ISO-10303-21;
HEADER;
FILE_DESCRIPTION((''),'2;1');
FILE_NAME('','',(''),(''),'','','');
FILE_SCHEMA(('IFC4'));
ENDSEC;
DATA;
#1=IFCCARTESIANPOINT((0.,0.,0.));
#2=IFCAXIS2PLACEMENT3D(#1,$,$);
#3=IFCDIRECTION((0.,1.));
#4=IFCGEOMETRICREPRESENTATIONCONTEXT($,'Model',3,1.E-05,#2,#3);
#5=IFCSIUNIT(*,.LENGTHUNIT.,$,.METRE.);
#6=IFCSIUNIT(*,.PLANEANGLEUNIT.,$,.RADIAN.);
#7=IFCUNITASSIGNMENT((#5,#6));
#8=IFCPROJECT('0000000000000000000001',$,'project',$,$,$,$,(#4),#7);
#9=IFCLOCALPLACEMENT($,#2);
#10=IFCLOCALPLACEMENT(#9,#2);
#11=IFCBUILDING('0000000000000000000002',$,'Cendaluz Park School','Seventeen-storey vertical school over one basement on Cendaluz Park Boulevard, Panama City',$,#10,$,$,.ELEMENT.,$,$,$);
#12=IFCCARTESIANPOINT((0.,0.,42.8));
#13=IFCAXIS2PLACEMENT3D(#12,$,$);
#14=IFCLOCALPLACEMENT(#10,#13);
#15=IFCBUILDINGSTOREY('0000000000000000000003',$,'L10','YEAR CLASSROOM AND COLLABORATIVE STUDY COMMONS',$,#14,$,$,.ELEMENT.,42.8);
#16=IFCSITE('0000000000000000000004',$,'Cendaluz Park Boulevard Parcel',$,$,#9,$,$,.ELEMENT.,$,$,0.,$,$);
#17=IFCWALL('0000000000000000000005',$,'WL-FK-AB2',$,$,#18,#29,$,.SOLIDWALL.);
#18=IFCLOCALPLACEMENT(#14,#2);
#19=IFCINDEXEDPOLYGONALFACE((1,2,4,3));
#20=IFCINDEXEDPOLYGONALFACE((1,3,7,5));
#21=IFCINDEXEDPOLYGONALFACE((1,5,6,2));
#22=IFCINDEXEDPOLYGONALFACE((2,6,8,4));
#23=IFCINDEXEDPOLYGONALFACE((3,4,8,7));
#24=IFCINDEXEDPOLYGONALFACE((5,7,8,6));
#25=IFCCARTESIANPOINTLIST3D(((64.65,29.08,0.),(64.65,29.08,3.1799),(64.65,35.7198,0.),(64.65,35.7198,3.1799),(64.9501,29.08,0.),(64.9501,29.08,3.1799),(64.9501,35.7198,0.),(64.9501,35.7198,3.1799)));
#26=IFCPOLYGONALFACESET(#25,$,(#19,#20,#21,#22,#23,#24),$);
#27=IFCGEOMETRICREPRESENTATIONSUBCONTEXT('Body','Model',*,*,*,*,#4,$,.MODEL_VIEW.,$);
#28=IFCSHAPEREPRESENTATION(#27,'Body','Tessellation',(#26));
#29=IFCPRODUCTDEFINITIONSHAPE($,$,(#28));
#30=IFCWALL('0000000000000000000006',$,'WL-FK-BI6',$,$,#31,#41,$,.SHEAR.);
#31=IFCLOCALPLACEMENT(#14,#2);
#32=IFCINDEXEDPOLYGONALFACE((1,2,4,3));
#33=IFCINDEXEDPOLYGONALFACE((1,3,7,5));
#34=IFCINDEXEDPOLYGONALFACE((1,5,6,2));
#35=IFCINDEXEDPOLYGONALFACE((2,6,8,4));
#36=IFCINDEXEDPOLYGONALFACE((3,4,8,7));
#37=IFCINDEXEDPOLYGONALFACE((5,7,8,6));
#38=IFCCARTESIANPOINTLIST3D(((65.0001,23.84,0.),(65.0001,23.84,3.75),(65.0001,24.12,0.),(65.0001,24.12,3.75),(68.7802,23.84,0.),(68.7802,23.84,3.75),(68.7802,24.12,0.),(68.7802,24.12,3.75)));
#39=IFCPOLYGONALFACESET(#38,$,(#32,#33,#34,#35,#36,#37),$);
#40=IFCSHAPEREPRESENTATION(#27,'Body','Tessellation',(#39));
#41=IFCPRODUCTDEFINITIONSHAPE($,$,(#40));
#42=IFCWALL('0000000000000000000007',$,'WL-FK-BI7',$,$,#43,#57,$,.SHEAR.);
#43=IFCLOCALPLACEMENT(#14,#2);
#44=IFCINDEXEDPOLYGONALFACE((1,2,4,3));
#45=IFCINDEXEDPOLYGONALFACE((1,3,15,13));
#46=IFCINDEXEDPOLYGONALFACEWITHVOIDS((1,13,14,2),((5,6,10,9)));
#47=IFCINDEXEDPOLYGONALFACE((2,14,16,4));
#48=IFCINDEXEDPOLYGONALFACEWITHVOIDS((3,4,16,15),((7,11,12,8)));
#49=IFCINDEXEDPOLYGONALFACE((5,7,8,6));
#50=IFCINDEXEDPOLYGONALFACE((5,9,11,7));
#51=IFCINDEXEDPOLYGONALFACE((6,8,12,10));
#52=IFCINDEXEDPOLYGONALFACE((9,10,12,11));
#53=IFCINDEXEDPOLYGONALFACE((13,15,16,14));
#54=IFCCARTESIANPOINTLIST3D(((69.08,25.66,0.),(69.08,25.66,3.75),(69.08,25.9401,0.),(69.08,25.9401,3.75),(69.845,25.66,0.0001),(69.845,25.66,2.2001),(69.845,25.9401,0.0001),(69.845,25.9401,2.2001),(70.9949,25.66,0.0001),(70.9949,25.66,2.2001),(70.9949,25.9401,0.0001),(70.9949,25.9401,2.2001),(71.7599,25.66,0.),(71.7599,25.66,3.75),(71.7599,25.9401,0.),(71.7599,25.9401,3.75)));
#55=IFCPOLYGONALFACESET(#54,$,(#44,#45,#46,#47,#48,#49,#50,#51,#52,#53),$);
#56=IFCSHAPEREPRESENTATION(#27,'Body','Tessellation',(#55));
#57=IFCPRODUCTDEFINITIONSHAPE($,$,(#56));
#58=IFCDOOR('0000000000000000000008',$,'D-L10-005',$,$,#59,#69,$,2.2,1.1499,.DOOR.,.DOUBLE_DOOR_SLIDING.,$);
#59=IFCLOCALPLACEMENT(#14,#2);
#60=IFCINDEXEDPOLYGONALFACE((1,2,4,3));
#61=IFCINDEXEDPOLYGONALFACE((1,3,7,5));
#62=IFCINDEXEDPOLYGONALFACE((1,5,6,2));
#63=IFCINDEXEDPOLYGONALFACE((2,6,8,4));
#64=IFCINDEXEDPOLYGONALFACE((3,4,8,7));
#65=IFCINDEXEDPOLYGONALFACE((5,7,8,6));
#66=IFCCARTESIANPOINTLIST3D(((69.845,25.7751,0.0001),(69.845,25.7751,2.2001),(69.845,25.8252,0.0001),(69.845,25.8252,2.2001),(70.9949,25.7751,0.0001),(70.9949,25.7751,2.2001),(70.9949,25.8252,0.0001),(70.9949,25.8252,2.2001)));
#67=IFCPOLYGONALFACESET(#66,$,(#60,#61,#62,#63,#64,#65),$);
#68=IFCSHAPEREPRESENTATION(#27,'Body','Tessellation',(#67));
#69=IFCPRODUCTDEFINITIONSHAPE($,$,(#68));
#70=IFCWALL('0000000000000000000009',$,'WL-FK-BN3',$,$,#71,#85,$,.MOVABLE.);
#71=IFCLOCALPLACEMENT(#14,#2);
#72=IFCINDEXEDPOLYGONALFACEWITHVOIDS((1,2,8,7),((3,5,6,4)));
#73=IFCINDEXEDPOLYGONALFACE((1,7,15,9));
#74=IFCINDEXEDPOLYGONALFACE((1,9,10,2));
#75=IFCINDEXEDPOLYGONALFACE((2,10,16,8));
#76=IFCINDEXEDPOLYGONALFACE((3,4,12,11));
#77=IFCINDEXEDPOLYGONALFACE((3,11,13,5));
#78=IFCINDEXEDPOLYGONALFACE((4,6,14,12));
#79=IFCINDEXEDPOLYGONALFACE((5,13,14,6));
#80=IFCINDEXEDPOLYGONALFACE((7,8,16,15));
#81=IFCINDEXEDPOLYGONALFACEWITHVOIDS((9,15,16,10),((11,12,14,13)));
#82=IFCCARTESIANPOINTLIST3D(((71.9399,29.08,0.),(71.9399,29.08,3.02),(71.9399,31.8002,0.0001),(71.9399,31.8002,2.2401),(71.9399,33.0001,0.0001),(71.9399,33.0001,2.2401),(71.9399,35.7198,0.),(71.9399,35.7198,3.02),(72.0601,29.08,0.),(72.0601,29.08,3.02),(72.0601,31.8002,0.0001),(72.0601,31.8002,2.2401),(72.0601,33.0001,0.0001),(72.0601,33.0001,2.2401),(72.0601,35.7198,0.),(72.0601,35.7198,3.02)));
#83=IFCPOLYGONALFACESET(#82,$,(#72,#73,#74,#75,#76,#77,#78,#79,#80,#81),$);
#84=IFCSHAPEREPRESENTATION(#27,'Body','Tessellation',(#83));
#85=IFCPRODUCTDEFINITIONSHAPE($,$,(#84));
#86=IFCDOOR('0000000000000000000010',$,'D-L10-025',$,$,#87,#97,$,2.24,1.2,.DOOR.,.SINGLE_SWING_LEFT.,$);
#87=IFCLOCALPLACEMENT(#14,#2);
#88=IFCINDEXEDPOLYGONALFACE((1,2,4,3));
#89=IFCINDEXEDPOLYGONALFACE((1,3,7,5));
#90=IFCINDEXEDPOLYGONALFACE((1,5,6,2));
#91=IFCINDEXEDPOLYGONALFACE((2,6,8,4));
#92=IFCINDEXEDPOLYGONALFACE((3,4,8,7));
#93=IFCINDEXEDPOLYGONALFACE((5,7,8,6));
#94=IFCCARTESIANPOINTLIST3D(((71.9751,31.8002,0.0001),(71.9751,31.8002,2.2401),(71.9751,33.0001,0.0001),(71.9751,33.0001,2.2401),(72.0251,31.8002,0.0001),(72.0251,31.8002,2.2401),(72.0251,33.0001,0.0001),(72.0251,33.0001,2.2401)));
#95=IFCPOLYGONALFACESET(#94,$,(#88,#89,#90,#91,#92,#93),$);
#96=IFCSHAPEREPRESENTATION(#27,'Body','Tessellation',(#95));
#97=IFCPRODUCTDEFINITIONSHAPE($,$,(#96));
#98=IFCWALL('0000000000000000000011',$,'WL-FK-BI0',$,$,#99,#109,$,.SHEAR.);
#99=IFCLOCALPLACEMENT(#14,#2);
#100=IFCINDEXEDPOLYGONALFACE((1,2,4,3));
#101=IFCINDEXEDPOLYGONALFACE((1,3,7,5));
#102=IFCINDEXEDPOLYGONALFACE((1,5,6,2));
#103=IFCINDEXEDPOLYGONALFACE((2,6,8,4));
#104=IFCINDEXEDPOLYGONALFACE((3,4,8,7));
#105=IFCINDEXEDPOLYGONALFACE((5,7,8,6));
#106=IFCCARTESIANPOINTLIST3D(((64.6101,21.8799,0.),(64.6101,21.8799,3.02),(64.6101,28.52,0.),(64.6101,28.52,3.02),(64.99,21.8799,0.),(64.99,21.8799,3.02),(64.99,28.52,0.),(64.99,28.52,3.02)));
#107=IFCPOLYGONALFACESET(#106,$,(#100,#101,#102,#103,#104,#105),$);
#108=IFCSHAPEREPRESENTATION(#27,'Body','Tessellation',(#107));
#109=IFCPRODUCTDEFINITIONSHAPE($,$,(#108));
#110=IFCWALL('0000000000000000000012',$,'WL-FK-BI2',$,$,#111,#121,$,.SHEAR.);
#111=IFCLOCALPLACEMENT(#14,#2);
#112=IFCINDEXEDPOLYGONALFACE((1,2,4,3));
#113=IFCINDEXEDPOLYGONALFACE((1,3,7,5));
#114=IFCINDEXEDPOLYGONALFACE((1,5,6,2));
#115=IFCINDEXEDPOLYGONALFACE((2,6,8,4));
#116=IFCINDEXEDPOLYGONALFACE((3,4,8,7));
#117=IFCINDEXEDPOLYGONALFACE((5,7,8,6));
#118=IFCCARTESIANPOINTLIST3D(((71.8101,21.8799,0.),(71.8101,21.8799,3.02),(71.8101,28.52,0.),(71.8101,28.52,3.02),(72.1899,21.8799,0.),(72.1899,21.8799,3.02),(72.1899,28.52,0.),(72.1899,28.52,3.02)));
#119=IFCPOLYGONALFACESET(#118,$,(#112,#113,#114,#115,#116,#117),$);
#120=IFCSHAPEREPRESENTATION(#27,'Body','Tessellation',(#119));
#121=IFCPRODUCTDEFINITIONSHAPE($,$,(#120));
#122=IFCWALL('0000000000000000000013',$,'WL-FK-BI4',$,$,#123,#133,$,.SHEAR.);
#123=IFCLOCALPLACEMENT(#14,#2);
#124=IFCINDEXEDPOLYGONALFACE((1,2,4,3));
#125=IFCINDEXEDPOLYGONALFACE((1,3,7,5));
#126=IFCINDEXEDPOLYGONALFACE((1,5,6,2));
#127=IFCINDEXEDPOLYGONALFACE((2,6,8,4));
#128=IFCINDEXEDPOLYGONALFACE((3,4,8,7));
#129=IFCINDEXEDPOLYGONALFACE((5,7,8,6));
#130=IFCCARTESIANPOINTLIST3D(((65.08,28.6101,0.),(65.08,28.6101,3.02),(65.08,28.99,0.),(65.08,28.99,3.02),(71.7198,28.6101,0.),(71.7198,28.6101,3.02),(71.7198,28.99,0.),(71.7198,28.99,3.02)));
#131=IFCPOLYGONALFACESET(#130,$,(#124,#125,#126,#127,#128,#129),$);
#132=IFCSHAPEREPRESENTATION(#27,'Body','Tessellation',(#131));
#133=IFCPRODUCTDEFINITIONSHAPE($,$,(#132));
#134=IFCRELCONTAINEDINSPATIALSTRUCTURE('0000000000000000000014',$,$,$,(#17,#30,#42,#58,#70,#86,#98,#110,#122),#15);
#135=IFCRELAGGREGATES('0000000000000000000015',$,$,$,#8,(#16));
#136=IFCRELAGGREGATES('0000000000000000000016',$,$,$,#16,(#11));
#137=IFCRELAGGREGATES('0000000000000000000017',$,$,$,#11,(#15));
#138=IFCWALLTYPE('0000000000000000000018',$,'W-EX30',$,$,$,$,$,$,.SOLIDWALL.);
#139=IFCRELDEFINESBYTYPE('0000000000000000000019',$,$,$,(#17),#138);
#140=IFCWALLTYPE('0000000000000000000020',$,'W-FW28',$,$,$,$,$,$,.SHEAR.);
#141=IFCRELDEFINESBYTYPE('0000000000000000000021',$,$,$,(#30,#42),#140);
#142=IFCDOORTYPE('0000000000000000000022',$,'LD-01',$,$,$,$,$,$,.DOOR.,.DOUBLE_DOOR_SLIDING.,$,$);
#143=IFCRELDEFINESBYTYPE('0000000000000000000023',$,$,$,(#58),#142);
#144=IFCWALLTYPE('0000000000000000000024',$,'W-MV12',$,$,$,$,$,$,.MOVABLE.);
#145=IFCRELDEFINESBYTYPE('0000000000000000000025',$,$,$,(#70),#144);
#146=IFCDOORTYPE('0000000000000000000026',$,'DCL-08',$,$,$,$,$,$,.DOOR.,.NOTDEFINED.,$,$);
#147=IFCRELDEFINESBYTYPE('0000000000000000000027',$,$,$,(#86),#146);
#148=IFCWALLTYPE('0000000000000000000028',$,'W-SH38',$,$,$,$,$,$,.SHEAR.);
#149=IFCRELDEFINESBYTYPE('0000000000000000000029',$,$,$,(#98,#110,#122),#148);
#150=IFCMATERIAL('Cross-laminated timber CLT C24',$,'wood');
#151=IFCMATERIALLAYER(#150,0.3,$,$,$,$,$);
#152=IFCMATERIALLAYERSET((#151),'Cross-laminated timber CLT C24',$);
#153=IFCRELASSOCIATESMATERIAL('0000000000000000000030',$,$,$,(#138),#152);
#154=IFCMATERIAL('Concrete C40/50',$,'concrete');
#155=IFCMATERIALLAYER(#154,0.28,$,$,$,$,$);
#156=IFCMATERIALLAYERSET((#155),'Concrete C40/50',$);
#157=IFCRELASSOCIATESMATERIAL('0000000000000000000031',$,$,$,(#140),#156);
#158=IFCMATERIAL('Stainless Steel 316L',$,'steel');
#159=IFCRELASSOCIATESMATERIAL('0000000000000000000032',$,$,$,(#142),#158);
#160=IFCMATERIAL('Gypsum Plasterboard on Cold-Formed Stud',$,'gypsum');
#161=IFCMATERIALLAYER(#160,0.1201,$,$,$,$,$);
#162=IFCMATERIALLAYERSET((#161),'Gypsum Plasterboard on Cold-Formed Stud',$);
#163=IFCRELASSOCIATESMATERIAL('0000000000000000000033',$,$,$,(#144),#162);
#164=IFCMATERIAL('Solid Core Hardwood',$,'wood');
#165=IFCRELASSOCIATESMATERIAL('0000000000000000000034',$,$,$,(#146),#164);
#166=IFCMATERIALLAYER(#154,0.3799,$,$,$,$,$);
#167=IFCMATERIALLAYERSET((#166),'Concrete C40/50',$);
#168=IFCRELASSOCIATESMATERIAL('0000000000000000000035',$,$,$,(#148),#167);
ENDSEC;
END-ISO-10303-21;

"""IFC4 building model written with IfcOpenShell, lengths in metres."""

from ifc_helpers import new_model, si_unit, direction, frame, frame_2d, origin, place, context, subcontext, project, spatial, rectangle, extrude, material, layer, layer_set, type_object, element, fill, save


model = new_model("IFC4")

# Units and contexts
model_context = context("Model", 3, precision=1e-05, world=origin(), true_north=direction((0.0, 1.0)))
body_context = subcontext(model_context, "Body", "Model", "MODEL_VIEW")
ifc_project = project(units=[si_unit("LENGTHUNIT", "METRE"), si_unit("PLANEANGLEUNIT", "RADIAN")], contexts=[model_context])

# Site, building, storey
site_placement = place(None, origin())
site = spatial("IfcSite", under=ifc_project, at=site_placement, Name="Cendaluz Park Boulevard Parcel", CompositionType="ELEMENT", RefElevation=0.0)
building_placement = place(site_placement, origin())
building = spatial("IfcBuilding", under=site, at=building_placement, Name="Cendaluz Park School", Description="Seventeen-storey vertical school over one basement on Cendaluz Park Boulevard, Panama City", CompositionType="ELEMENT")
storey_placement = place(building_placement, frame((0.0, 0.0, 42.8)))
storey = spatial("IfcBuildingStorey", under=building, at=storey_placement, Name="L10", Description="YEAR CLASSROOM AND COLLABORATIVE STUDY COMMONS", CompositionType="ELEMENT", Elevation=42.8)

# Walls
ifc_material_1 = material(Name="Cross-laminated timber CLT C24", Category="wood")
ifc_layer_1 = layer(ifc_material_1, 0.3)
ifc_layer_set_1 = layer_set([ifc_layer_1], Name="Cross-laminated timber CLT C24")
wall_type_1 = type_object("IfcWallType", Name="W-EX30", PredefinedType="SOLIDWALL", material=ifc_layer_set_1)
wall_1_placement = place(storey_placement, frame((64.8, 29.0801, 0.0), z_axis=(0.0, 0.0, 1.0), x_axis=(0.0, 1.0, 0.0)))
element("IfcWall", 1, at=wall_1_placement, inside=storey, type_object=wall_type_1, Name="WL-FK-AB2", PredefinedType="SOLIDWALL", context=body_context, shape_type="SweptSolid", body=[
    extrude(rectangle(XDim=6.6399, YDim=0.3, at=frame_2d((3.3198, 0.0))), origin(), (0.0, 0.0, 1.0), 3.1799),
])
ifc_material_2 = material(Name="Concrete C40/50", Category="concrete")
ifc_layer_2 = layer(ifc_material_2, 0.28)
ifc_layer_set_2 = layer_set([ifc_layer_2], Name="Concrete C40/50")
wall_type_2 = type_object("IfcWallType", Name="W-FW28", PredefinedType="SHEAR", material=ifc_layer_set_2)
wall_2_placement = place(storey_placement, frame((65.0, 23.98, 0.0), z_axis=(0.0, 0.0, 1.0), x_axis=(1.0, 0.0, 0.0)))
element("IfcWall", 2, at=wall_2_placement, inside=storey, type_object=wall_type_2, Name="WL-FK-BI6", PredefinedType="SHEAR", context=body_context, shape_type="SweptSolid", body=[
    extrude(rectangle(XDim=3.78, YDim=0.28, at=frame_2d((1.8901, 0.0))), origin(), (0.0, 0.0, 1.0), 3.75),
])

# Walls, openings, doors
wall_3_placement = place(storey_placement, frame((69.0801, 25.8, 0.0), z_axis=(0.0, 0.0, 1.0), x_axis=(1.0, 0.0, 0.0)))
wall_3 = element("IfcWall", 3, at=wall_3_placement, inside=storey, type_object=wall_type_2, Name="WL-FK-BI7", PredefinedType="SHEAR", context=body_context, shape_type="SweptSolid", body=[
    extrude(rectangle(XDim=2.6799, YDim=0.28, at=frame_2d((1.3398, 0.0))), origin(), (0.0, 0.0, 1.0), 3.75),
])
opening_1_placement = place(wall_3_placement, frame((0.7649, 0.0, 0.0)))
opening_1 = element("IfcOpeningElement", 4, at=opening_1_placement, cuts=wall_3, PredefinedType="OPENING", context=body_context, shape_type="SweptSolid", body=[
    extrude(rectangle(XDim=1.1499, YDim=2.2, at=frame_2d((0.575, 1.1001))), frame((0.0, 0.1521, 0.0), z_axis=(0.0, -1.0, 0.0), x_axis=(1.0, 0.0, 0.0)), (0.0, 0.0, 1.0), 0.304),
])
ifc_material_3 = material(Name="Stainless Steel 316L", Category="steel")
door_type_1 = type_object("IfcDoorType", Name="LD-01", OperationType="DOUBLE_DOOR_SLIDING", PredefinedType="DOOR", material=ifc_material_3)
door_1_placement = place(opening_1_placement, frame((1.1499, 0.0, 0.0), z_axis=(0.0, 0.0, 1.0), x_axis=(-1.0, 0.0, 0.0)))
door_1 = element("IfcDoor", 5, at=door_1_placement, inside=storey, type_object=door_type_1, Name="D-L10-005", OperationType="DOUBLE_DOOR_SLIDING", OverallHeight=2.2, OverallWidth=1.1499, PredefinedType="DOOR", context=body_context, shape_type="SweptSolid", body=[
    extrude(rectangle(XDim=1.1499, YDim=2.2, at=frame_2d((0.575, 1.1001))), frame((0.0, 0.0249, 0.0), z_axis=(0.0, -1.0, 0.0), x_axis=(1.0, 0.0, 0.0)), (0.0, 0.0, 1.0), 0.05),
])
fill(opening_1, door_1)
ifc_material_4 = material(Name="Gypsum Plasterboard on Cold-Formed Stud", Category="gypsum")
ifc_layer_3 = layer(ifc_material_4, 0.1201)
ifc_layer_set_3 = layer_set([ifc_layer_3], Name="Gypsum Plasterboard on Cold-Formed Stud")
wall_type_3 = type_object("IfcWallType", Name="W-MV12", PredefinedType="MOVABLE", material=ifc_layer_set_3)
wall_4_placement = place(storey_placement, frame((72.0, 29.0801, 0.0), z_axis=(0.0, 0.0, 1.0), x_axis=(0.0, 1.0, 0.0)))
wall_4 = element("IfcWall", 6, at=wall_4_placement, inside=storey, type_object=wall_type_3, Name="WL-FK-BN3", PredefinedType="MOVABLE", context=body_context, shape_type="SweptSolid", body=[
    extrude(rectangle(XDim=6.6399, YDim=0.1201, at=frame_2d((3.3198, 0.0))), origin(), (0.0, 0.0, 1.0), 3.02),
])
opening_2_placement = place(wall_4_placement, frame((2.72, 0.0, 0.0)))
opening_2 = element("IfcOpeningElement", 7, at=opening_2_placement, cuts=wall_4, PredefinedType="OPENING", context=body_context, shape_type="SweptSolid", body=[
    extrude(rectangle(XDim=1.2, YDim=2.24, at=frame_2d((0.6001, 1.1201))), frame((0.0, 0.072, 0.0), z_axis=(0.0, -1.0, 0.0), x_axis=(1.0, 0.0, 0.0)), (0.0, 0.0, 1.0), 0.144),
])
ifc_material_5 = material(Name="Solid Core Hardwood", Category="wood")
door_type_2 = type_object("IfcDoorType", Name="DCL-08", OperationType="NOTDEFINED", PredefinedType="DOOR", material=ifc_material_5)
door_2_placement = place(opening_2_placement, origin())
door_2 = element("IfcDoor", 8, at=door_2_placement, inside=storey, type_object=door_type_2, Name="D-L10-025", OperationType="SINGLE_SWING_LEFT", OverallHeight=2.24, OverallWidth=1.2, PredefinedType="DOOR", context=body_context, shape_type="SweptSolid", body=[
    extrude(rectangle(XDim=1.2, YDim=2.24, at=frame_2d((0.6001, 1.1201))), frame((0.0, 0.0249, 0.0), z_axis=(0.0, -1.0, 0.0), x_axis=(1.0, 0.0, 0.0)), (0.0, 0.0, 1.0), 0.05),
])
fill(opening_2, door_2)

# Walls
ifc_layer_4 = layer(ifc_material_2, 0.3799)
ifc_layer_set_4 = layer_set([ifc_layer_4], Name="Concrete C40/50")
wall_type_4 = type_object("IfcWallType", Name="W-SH38", PredefinedType="SHEAR", material=ifc_layer_set_4)
for number, where, z_axis, x_axis, name in (
    (9, (64.8, 21.8799, 0.0), (0.0, 0.0, 1.0), (0.0, 1.0, 0.0), "WL-FK-BI0"),
    (10, (72.0, 21.8799, 0.0), (0.0, 0.0, 1.0), (0.0, 1.0, 0.0), "WL-FK-BI2"),
):
    element("IfcWall", number, at=place(storey_placement, frame(where, z_axis=z_axis, x_axis=x_axis)), inside=storey, type_object=wall_type_4, Name=name, PredefinedType="SHEAR", context=body_context, shape_type="SweptSolid", body=[
        extrude(rectangle(XDim=6.6401, YDim=0.3799, at=frame_2d((3.3201, 0.0))), origin(), (0.0, 0.0, 1.0), 3.02),
    ])
wall_5_placement = place(storey_placement, frame((65.0801, 28.8, 0.0), z_axis=(0.0, 0.0, 1.0), x_axis=(1.0, 0.0, 0.0)))
element("IfcWall", 11, at=wall_5_placement, inside=storey, type_object=wall_type_4, Name="WL-FK-BI4", PredefinedType="SHEAR", context=body_context, shape_type="SweptSolid", body=[
    extrude(rectangle(XDim=6.6399, YDim=0.3799, at=frame_2d((3.3198, 0.0))), origin(), (0.0, 0.0, 1.0), 3.02),
])

save(model, "model.ifc")
